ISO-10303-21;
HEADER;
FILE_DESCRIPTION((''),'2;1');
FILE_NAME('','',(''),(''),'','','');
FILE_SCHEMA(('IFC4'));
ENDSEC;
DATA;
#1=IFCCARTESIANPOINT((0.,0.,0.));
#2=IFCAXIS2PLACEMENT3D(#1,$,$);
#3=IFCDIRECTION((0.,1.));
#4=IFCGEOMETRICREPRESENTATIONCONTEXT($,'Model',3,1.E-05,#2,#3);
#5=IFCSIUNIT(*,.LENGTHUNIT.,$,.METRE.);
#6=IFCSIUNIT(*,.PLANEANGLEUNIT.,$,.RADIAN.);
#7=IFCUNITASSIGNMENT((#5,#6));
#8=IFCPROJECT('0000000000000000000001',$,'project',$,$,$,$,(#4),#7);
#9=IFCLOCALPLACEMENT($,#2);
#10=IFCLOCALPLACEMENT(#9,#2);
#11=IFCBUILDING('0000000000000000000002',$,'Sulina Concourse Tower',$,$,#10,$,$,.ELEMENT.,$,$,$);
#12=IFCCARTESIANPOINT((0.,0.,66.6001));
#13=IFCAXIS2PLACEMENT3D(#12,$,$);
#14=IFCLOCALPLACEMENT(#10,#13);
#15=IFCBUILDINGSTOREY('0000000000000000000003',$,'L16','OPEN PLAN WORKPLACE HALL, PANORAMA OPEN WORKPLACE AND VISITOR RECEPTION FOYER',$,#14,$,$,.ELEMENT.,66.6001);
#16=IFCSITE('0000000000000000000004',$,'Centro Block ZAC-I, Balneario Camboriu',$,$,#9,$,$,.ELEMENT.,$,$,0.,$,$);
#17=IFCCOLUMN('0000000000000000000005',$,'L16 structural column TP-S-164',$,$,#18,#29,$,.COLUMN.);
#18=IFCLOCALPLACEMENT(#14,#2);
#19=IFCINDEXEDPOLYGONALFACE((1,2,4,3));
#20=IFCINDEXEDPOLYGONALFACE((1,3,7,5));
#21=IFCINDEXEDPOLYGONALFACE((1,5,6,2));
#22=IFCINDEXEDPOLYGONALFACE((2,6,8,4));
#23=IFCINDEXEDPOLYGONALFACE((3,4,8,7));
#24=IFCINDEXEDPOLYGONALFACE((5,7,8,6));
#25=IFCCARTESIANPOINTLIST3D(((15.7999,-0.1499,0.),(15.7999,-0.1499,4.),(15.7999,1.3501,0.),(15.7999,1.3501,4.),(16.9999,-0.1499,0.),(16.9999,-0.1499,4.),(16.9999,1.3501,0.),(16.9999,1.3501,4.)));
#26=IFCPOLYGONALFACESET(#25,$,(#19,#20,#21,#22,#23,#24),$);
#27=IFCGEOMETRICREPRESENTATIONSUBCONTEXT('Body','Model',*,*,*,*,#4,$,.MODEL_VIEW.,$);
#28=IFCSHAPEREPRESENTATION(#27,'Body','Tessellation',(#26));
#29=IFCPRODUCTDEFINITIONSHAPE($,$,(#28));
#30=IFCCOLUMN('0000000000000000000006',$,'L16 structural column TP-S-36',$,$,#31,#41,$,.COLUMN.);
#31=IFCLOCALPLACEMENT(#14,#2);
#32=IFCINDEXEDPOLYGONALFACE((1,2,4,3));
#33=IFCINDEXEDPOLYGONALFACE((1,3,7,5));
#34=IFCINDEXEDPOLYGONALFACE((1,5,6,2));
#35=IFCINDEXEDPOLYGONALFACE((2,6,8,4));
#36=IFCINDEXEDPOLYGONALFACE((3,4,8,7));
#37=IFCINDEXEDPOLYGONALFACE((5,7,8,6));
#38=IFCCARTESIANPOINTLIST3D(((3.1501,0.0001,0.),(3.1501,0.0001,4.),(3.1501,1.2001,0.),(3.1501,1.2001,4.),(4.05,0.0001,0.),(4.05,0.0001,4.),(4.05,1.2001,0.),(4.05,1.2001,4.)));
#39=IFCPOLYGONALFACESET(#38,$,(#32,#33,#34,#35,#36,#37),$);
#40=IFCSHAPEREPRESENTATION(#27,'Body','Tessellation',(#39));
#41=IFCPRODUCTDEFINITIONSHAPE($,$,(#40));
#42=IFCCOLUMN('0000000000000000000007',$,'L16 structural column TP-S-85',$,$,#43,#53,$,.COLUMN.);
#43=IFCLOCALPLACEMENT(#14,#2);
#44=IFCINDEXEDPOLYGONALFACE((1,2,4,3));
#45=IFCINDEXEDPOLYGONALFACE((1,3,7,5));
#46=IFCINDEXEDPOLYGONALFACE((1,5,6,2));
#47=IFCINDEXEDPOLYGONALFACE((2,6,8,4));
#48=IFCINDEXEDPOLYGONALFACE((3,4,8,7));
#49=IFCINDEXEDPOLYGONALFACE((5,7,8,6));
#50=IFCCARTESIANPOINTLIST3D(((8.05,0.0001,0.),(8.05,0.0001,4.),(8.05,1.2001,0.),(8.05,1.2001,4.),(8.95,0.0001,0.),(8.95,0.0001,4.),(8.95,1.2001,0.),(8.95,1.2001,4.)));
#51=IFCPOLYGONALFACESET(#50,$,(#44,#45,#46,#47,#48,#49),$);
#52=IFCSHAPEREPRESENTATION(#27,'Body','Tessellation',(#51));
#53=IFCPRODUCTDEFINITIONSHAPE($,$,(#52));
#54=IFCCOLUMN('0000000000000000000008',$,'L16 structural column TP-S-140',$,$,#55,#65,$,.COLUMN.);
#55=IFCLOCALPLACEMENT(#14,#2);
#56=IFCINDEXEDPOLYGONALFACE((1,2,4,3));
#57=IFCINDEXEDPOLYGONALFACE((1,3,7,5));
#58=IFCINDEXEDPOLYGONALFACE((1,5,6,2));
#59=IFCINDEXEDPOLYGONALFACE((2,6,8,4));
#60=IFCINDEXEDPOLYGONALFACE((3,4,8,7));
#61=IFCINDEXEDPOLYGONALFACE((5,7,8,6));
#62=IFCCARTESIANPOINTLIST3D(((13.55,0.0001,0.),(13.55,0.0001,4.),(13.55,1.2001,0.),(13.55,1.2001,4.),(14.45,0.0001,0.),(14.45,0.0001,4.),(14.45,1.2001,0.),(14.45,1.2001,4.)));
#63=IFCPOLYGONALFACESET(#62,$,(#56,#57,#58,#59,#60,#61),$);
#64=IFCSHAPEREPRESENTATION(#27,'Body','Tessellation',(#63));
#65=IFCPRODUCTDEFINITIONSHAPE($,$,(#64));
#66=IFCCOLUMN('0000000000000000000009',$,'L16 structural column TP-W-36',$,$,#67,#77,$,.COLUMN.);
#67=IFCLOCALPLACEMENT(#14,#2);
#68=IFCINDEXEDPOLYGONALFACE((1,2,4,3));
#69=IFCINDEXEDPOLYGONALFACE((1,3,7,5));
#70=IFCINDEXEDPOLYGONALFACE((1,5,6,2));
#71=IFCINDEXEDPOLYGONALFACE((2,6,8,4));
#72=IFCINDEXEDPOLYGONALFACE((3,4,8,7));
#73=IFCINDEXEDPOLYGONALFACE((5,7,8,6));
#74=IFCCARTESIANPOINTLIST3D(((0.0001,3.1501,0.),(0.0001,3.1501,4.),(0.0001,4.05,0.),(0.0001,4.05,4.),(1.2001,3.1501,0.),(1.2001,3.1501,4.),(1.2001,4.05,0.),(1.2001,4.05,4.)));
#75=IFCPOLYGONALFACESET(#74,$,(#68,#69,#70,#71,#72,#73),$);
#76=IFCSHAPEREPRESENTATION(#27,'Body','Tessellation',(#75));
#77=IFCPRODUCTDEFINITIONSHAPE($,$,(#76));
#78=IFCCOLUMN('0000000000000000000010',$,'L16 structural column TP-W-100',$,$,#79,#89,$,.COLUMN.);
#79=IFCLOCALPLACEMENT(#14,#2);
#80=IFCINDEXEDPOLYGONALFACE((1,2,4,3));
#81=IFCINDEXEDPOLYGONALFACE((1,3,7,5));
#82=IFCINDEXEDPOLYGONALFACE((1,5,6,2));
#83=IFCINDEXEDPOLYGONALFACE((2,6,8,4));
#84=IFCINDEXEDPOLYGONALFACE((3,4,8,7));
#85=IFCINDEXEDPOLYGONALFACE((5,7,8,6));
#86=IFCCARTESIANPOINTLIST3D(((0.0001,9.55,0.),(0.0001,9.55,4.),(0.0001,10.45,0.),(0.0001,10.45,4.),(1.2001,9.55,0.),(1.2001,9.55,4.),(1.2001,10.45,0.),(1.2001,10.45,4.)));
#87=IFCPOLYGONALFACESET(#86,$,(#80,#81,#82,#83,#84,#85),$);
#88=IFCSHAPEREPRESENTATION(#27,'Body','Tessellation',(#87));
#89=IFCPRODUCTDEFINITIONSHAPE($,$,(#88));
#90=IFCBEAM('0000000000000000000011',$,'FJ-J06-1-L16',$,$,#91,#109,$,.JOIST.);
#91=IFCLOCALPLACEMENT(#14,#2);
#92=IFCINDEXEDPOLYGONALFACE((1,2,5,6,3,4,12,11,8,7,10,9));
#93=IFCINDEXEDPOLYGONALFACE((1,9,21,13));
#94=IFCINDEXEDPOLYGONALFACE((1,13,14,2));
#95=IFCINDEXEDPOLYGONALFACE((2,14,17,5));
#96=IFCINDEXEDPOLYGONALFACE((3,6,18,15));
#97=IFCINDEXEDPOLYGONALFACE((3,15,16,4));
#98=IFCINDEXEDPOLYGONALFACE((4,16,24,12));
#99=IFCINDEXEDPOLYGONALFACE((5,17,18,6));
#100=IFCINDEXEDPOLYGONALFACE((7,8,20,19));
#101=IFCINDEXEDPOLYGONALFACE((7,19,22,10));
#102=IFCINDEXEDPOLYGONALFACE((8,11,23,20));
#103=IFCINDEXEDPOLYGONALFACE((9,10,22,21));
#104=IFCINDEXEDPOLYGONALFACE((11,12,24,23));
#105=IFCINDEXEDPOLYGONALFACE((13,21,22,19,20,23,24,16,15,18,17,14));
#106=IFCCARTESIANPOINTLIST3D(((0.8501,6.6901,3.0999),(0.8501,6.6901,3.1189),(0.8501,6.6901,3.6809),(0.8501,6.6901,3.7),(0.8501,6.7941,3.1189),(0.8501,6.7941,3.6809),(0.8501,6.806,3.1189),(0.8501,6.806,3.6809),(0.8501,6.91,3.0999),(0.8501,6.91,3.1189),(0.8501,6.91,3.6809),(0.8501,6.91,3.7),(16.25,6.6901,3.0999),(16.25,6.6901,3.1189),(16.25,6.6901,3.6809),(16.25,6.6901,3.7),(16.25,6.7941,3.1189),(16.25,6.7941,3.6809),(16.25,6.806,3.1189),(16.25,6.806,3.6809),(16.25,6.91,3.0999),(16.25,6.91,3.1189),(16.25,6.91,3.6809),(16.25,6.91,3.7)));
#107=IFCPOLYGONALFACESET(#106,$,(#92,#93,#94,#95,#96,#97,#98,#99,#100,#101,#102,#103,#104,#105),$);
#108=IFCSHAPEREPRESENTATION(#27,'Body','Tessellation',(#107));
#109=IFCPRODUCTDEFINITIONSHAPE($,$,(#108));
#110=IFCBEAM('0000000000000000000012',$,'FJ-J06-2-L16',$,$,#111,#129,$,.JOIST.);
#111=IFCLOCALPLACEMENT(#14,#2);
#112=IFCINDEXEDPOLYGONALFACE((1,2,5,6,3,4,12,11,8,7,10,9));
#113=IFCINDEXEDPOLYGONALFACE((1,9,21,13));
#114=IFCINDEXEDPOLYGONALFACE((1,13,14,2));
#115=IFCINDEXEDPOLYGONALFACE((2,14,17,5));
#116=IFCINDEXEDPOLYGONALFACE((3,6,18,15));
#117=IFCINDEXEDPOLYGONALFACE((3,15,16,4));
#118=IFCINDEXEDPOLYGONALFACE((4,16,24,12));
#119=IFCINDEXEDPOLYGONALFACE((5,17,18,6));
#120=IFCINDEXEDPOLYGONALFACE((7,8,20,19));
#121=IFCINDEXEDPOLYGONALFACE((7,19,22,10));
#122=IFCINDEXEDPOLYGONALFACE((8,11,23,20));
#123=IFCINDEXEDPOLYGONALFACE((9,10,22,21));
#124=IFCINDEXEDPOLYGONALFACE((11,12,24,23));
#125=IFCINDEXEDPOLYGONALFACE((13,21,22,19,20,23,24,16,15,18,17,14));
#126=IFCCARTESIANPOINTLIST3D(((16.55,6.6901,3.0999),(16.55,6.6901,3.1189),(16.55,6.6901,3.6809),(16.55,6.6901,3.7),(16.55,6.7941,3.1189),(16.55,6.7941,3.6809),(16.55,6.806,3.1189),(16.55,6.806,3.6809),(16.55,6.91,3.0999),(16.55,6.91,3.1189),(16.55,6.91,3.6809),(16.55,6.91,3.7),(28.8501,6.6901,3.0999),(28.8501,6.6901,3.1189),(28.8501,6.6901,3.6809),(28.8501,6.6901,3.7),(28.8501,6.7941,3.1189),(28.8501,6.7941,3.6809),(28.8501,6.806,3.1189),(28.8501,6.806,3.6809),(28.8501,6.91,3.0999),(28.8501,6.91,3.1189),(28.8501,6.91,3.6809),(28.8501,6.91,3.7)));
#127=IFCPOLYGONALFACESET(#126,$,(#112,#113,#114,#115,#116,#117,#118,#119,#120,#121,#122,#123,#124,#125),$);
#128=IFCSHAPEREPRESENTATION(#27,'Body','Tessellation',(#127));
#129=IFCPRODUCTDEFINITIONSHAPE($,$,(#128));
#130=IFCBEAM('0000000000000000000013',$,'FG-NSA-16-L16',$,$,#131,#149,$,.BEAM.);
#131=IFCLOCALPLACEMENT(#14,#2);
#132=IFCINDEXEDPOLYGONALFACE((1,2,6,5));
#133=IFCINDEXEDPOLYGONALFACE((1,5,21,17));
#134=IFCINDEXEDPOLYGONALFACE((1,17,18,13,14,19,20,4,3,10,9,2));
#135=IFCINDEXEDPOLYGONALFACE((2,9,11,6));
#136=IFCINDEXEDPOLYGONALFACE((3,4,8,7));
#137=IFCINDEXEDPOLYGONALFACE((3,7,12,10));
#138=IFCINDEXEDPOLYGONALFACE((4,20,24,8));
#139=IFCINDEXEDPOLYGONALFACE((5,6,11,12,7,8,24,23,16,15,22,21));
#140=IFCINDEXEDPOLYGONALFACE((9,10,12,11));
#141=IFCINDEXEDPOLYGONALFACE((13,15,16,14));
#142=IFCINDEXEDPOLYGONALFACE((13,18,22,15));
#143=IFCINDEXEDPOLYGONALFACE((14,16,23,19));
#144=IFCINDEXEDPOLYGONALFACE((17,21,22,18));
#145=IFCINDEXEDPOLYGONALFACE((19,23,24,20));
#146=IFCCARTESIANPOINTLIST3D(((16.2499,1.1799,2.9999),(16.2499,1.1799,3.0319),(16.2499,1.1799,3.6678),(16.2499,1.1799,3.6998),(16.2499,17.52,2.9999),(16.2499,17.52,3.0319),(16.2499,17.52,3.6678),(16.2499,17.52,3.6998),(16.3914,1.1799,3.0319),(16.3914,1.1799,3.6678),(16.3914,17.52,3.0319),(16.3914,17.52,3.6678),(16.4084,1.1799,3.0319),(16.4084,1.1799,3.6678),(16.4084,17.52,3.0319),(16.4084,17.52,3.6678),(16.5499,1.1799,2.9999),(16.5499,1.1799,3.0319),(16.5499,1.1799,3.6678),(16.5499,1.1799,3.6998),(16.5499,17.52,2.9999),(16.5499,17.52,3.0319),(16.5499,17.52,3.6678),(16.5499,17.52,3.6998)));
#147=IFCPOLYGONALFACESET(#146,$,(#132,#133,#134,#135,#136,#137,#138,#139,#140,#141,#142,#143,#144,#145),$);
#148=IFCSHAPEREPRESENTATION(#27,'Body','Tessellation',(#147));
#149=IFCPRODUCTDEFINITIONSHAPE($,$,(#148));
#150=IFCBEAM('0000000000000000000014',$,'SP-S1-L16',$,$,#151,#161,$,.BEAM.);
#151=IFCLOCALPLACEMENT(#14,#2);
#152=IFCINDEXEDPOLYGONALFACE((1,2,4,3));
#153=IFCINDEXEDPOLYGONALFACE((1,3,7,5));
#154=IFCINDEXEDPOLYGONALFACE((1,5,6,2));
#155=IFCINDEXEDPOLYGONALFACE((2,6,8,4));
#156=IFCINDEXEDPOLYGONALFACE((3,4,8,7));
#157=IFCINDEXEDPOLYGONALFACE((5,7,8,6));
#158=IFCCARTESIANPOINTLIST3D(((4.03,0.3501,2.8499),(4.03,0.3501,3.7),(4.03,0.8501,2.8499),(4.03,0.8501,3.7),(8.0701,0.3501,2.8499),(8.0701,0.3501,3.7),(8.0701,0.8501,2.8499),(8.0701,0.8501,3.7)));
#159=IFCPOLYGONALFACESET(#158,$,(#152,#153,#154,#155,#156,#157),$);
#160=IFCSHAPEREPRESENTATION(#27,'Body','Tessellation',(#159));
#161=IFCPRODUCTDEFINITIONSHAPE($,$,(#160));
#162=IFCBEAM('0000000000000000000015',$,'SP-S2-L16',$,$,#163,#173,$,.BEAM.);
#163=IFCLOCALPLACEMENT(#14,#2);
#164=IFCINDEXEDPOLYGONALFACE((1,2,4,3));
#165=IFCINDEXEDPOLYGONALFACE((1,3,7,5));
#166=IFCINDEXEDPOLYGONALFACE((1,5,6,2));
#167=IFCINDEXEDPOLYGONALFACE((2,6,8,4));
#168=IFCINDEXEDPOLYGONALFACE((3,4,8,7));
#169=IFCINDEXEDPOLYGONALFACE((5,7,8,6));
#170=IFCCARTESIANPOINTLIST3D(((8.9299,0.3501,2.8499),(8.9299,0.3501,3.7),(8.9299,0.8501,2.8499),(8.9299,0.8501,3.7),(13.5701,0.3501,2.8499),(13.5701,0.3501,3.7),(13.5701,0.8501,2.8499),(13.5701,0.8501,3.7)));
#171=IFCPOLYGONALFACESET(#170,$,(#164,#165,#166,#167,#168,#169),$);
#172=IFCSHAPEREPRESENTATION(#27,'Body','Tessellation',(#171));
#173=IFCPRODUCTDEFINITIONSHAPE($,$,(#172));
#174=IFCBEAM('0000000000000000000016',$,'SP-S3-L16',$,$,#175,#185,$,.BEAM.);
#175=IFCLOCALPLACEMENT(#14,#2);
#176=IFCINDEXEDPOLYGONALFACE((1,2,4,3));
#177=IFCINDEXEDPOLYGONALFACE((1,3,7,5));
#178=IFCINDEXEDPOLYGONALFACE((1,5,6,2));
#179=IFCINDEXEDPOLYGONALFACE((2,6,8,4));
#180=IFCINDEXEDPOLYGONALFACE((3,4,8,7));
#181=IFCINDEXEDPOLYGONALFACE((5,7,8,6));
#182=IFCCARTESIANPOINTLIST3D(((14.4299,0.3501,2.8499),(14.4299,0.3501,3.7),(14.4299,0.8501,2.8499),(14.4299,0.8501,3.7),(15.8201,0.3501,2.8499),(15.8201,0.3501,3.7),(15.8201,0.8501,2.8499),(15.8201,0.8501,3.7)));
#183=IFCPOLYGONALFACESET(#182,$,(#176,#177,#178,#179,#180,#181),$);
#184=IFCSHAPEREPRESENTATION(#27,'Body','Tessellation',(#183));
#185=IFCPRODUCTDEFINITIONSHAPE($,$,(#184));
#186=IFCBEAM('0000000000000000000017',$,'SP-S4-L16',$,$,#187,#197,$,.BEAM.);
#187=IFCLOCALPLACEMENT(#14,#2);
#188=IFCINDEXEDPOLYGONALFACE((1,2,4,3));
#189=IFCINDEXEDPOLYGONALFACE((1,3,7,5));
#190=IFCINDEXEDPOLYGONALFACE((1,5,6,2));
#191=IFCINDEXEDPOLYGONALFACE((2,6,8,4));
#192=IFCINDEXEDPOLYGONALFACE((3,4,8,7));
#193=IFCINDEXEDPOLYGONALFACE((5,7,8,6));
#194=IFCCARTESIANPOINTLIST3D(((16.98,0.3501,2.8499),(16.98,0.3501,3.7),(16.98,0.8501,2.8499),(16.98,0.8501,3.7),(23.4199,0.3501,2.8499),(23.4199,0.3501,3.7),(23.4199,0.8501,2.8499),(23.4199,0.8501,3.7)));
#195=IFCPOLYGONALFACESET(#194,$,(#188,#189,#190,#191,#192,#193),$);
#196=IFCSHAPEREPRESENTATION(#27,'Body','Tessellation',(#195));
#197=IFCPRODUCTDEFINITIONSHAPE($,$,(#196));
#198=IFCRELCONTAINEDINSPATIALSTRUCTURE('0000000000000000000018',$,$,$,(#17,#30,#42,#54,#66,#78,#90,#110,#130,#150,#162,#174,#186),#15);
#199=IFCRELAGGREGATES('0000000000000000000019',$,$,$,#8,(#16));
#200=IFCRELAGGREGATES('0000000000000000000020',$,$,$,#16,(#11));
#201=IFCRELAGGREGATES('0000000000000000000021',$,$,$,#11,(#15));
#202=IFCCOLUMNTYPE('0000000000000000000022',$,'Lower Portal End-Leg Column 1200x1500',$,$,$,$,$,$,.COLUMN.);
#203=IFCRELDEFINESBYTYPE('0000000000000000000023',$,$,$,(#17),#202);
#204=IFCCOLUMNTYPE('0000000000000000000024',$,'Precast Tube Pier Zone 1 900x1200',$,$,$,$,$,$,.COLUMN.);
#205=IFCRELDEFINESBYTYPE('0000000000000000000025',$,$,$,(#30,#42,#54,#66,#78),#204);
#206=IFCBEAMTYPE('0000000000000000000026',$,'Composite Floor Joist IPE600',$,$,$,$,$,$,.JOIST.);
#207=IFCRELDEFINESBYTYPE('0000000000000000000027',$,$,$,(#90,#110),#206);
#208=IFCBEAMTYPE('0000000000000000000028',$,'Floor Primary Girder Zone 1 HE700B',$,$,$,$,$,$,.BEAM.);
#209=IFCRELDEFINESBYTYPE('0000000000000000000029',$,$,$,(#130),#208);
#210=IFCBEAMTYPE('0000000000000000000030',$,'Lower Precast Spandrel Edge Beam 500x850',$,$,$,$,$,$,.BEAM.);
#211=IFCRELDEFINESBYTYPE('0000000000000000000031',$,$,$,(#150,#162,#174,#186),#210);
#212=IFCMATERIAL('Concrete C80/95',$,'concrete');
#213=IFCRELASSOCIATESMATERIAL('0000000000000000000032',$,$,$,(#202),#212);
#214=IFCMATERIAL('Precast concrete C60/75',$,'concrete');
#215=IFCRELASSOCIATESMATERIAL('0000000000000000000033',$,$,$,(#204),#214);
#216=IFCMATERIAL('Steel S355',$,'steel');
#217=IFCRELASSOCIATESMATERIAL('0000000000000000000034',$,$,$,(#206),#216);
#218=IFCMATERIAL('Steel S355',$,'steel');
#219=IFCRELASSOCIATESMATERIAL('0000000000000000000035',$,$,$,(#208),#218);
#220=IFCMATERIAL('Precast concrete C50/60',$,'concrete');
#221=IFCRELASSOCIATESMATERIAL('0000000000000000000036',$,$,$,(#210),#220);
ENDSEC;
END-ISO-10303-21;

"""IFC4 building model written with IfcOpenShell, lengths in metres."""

from ifc_helpers import new_model, si_unit, direction, frame, origin, origin_2d, place, context, subcontext, project, spatial, rectangle, i_section, extrude, material, material_profile, profile_set, type_object, element, save


model = new_model("IFC4")

# Units and contexts
model_context = context("Model", 3, precision=1e-05, world=origin(), true_north=direction((0.0, 1.0)))
body_context = subcontext(model_context, "Body", "Model", "MODEL_VIEW")
ifc_project = project(units=[si_unit("LENGTHUNIT", "METRE"), si_unit("PLANEANGLEUNIT", "RADIAN")], contexts=[model_context])

# Site, building, storey
site_placement = place(None, origin())
site = spatial("IfcSite", under=ifc_project, at=site_placement, Name="Centro Block ZAC-I, Balneario Camboriu", CompositionType="ELEMENT", RefElevation=0.0)
building_placement = place(site_placement, origin())
building = spatial("IfcBuilding", under=site, at=building_placement, Name="Sulina Concourse Tower", CompositionType="ELEMENT")
storey_placement = place(building_placement, frame((0.0, 0.0, 66.6001)))
storey = spatial("IfcBuildingStorey", under=building, at=storey_placement, Name="L16", Description="OPEN PLAN WORKPLACE HALL, PANORAMA OPEN WORKPLACE AND VISITOR RECEPTION FOYER", CompositionType="ELEMENT", Elevation=66.6001)

# Columns
ifc_material_1 = material(Name="Concrete C80/95", Category="concrete")
ifc_material_profile_1 = material_profile(ifc_material_1, rectangle(XDim=1.2, YDim=1.5, at=origin_2d()), Name="RC 1200x1500")
ifc_profile_set_1 = profile_set([ifc_material_profile_1], Name="Concrete C80/95")
column_type_1 = type_object("IfcColumnType", Name="Lower Portal End-Leg Column 1200x1500", PredefinedType="COLUMN", material=ifc_profile_set_1)
column_placement = place(storey_placement, frame((16.3999, 0.6001, 0.0), z_axis=(0.0, 0.0, 1.0), x_axis=(1.0, 0.0, 0.0)))
element("IfcColumn", 1, at=column_placement, inside=storey, type_object=column_type_1, Name="L16 structural column TP-S-164", PredefinedType="COLUMN", context=body_context, shape_type="SweptSolid", body=[
    extrude(rectangle(XDim=1.2, YDim=1.5, at=origin_2d()), origin(), (0.0, 0.0, 1.0), 4.0),
])
ifc_material_2 = material(Name="Precast concrete C60/75", Category="concrete")
ifc_material_profile_2 = material_profile(ifc_material_2, rectangle(XDim=0.8999, YDim=1.2, at=origin_2d()), Name="PC 900x1200")
ifc_profile_set_2 = profile_set([ifc_material_profile_2], Name="Precast concrete C60/75")
column_type_2 = type_object("IfcColumnType", Name="Precast Tube Pier Zone 1 900x1200", PredefinedType="COLUMN", material=ifc_profile_set_2)
for number, where, z_axis, x_axis, name in (
    (2, (3.6001, 0.6001, 0.0), (0.0, 0.0, 1.0), (1.0, 0.0, 0.0), "L16 structural column TP-S-36"),
    (3, (8.5, 0.6001, 0.0), (0.0, 0.0, 1.0), (1.0, 0.0, 0.0), "L16 structural column TP-S-85"),
    (4, (14.0, 0.6001, 0.0), (0.0, 0.0, 1.0), (1.0, 0.0, 0.0), "L16 structural column TP-S-140"),
    (5, (0.6001, 3.6001, 0.0), (0.0, 0.0, 1.0), (0.0, 1.0, 0.0), "L16 structural column TP-W-36"),
    (6, (0.6001, 10.0, 0.0), (0.0, 0.0, 1.0), (0.0, 1.0, 0.0), "L16 structural column TP-W-100"),
):
    element("IfcColumn", number, at=place(storey_placement, frame(where, z_axis=z_axis, x_axis=x_axis)), inside=storey, type_object=column_type_2, Name=name, PredefinedType="COLUMN", context=body_context, shape_type="SweptSolid", body=[
        extrude(rectangle(XDim=0.8999, YDim=1.2, at=origin_2d()), origin(), (0.0, 0.0, 1.0), 4.0),
    ])

# Beams
ifc_material_3 = material(Name="Steel S355", Category="steel")
ifc_material_profile_3 = material_profile(ifc_material_3, i_section(OverallWidth=0.22, OverallDepth=0.6001, WebThickness=0.012, FlangeThickness=0.019, at=origin_2d()), Name="IPE 600")
ifc_profile_set_3 = profile_set([ifc_material_profile_3], Name="Steel S355")
beam_type_1 = type_object("IfcBeamType", Name="Composite Floor Joist IPE600", PredefinedType="JOIST", material=ifc_profile_set_3)
beam_1_placement = place(storey_placement, frame((0.8501, 6.8, 3.3999), z_axis=(1.0, 0.0, 0.0), x_axis=(0.0, 1.0, 0.0)))
element("IfcBeam", 7, at=beam_1_placement, inside=storey, type_object=beam_type_1, Name="FJ-J06-1-L16", PredefinedType="JOIST", context=body_context, shape_type="SweptSolid", body=[
    extrude(i_section(OverallWidth=0.22, OverallDepth=0.6001, WebThickness=0.012, FlangeThickness=0.019, at=origin_2d()), origin(), (0.0, 0.0, 1.0), 15.3999),
])
beam_2_placement = place(storey_placement, frame((16.55, 6.8, 3.3999), z_axis=(1.0, 0.0, 0.0), x_axis=(0.0, 1.0, 0.0)))
element("IfcBeam", 8, at=beam_2_placement, inside=storey, type_object=beam_type_1, Name="FJ-J06-2-L16", PredefinedType="JOIST", context=body_context, shape_type="SweptSolid", body=[
    extrude(i_section(OverallWidth=0.22, OverallDepth=0.6001, WebThickness=0.012, FlangeThickness=0.019, at=origin_2d()), origin(), (0.0, 0.0, 1.0), 12.3),
])
ifc_material_4 = material(Name="Steel S355", Category="steel")
ifc_material_profile_4 = material_profile(ifc_material_4, i_section(OverallWidth=0.3, OverallDepth=0.7, WebThickness=0.0171, FlangeThickness=0.032, at=origin_2d()), Name="HE 700 B")
ifc_profile_set_4 = profile_set([ifc_material_profile_4], Name="Steel S355")
beam_type_2 = type_object("IfcBeamType", Name="Floor Primary Girder Zone 1 HE700B", PredefinedType="BEAM", material=ifc_profile_set_4)
beam_3_placement = place(storey_placement, frame((16.3999, 1.1799, 3.3499), z_axis=(0.0, 1.0, 0.0), x_axis=(-1.0, 0.0, 0.0)))
element("IfcBeam", 9, at=beam_3_placement, inside=storey, type_object=beam_type_2, Name="FG-NSA-16-L16", PredefinedType="BEAM", context=body_context, shape_type="SweptSolid", body=[
    extrude(i_section(OverallWidth=0.3, OverallDepth=0.7, WebThickness=0.0171, FlangeThickness=0.032, at=origin_2d()), origin(), (0.0, 0.0, 1.0), 16.3401),
])
ifc_material_5 = material(Name="Precast concrete C50/60", Category="concrete")
ifc_material_profile_5 = material_profile(ifc_material_5, rectangle(XDim=0.5, YDim=0.8501, at=origin_2d()), Name="RC 500x850")
ifc_profile_set_5 = profile_set([ifc_material_profile_5], Name="Precast concrete C50/60")
beam_type_3 = type_object("IfcBeamType", Name="Lower Precast Spandrel Edge Beam 500x850", PredefinedType="BEAM", material=ifc_profile_set_5)
beam_4_placement = place(storey_placement, frame((4.03, 0.6001, 3.2749), z_axis=(1.0, 0.0, 0.0), x_axis=(0.0, 1.0, 0.0)))
element("IfcBeam", 10, at=beam_4_placement, inside=storey, type_object=beam_type_3, Name="SP-S1-L16", PredefinedType="BEAM", context=body_context, shape_type="SweptSolid", body=[
    extrude(rectangle(XDim=0.5, YDim=0.8501, at=origin_2d()), origin(), (0.0, 0.0, 1.0), 4.04),
])
beam_5_placement = place(storey_placement, frame((8.9299, 0.6001, 3.2749), z_axis=(1.0, 0.0, 0.0), x_axis=(0.0, 1.0, 0.0)))
element("IfcBeam", 11, at=beam_5_placement, inside=storey, type_object=beam_type_3, Name="SP-S2-L16", PredefinedType="BEAM", context=body_context, shape_type="SweptSolid", body=[
    extrude(rectangle(XDim=0.5, YDim=0.8501, at=origin_2d()), origin(), (0.0, 0.0, 1.0), 4.6401),
])
beam_6_placement = place(storey_placement, frame((14.4299, 0.6001, 3.2749), z_axis=(1.0, 0.0, 0.0), x_axis=(0.0, 1.0, 0.0)))
element("IfcBeam", 12, at=beam_6_placement, inside=storey, type_object=beam_type_3, Name="SP-S3-L16", PredefinedType="BEAM", context=body_context, shape_type="SweptSolid", body=[
    extrude(rectangle(XDim=0.5, YDim=0.8501, at=origin_2d()), origin(), (0.0, 0.0, 1.0), 1.3901),
])
beam_7_placement = place(storey_placement, frame((16.98, 0.6001, 3.2749), z_axis=(1.0, 0.0, 0.0), x_axis=(0.0, 1.0, 0.0)))
element("IfcBeam", 13, at=beam_7_placement, inside=storey, type_object=beam_type_3, Name="SP-S4-L16", PredefinedType="BEAM", context=body_context, shape_type="SweptSolid", body=[
    extrude(rectangle(XDim=0.5, YDim=0.8501, at=origin_2d()), origin(), (0.0, 0.0, 1.0), 6.4399),
])

save(model, "model.ifc")
